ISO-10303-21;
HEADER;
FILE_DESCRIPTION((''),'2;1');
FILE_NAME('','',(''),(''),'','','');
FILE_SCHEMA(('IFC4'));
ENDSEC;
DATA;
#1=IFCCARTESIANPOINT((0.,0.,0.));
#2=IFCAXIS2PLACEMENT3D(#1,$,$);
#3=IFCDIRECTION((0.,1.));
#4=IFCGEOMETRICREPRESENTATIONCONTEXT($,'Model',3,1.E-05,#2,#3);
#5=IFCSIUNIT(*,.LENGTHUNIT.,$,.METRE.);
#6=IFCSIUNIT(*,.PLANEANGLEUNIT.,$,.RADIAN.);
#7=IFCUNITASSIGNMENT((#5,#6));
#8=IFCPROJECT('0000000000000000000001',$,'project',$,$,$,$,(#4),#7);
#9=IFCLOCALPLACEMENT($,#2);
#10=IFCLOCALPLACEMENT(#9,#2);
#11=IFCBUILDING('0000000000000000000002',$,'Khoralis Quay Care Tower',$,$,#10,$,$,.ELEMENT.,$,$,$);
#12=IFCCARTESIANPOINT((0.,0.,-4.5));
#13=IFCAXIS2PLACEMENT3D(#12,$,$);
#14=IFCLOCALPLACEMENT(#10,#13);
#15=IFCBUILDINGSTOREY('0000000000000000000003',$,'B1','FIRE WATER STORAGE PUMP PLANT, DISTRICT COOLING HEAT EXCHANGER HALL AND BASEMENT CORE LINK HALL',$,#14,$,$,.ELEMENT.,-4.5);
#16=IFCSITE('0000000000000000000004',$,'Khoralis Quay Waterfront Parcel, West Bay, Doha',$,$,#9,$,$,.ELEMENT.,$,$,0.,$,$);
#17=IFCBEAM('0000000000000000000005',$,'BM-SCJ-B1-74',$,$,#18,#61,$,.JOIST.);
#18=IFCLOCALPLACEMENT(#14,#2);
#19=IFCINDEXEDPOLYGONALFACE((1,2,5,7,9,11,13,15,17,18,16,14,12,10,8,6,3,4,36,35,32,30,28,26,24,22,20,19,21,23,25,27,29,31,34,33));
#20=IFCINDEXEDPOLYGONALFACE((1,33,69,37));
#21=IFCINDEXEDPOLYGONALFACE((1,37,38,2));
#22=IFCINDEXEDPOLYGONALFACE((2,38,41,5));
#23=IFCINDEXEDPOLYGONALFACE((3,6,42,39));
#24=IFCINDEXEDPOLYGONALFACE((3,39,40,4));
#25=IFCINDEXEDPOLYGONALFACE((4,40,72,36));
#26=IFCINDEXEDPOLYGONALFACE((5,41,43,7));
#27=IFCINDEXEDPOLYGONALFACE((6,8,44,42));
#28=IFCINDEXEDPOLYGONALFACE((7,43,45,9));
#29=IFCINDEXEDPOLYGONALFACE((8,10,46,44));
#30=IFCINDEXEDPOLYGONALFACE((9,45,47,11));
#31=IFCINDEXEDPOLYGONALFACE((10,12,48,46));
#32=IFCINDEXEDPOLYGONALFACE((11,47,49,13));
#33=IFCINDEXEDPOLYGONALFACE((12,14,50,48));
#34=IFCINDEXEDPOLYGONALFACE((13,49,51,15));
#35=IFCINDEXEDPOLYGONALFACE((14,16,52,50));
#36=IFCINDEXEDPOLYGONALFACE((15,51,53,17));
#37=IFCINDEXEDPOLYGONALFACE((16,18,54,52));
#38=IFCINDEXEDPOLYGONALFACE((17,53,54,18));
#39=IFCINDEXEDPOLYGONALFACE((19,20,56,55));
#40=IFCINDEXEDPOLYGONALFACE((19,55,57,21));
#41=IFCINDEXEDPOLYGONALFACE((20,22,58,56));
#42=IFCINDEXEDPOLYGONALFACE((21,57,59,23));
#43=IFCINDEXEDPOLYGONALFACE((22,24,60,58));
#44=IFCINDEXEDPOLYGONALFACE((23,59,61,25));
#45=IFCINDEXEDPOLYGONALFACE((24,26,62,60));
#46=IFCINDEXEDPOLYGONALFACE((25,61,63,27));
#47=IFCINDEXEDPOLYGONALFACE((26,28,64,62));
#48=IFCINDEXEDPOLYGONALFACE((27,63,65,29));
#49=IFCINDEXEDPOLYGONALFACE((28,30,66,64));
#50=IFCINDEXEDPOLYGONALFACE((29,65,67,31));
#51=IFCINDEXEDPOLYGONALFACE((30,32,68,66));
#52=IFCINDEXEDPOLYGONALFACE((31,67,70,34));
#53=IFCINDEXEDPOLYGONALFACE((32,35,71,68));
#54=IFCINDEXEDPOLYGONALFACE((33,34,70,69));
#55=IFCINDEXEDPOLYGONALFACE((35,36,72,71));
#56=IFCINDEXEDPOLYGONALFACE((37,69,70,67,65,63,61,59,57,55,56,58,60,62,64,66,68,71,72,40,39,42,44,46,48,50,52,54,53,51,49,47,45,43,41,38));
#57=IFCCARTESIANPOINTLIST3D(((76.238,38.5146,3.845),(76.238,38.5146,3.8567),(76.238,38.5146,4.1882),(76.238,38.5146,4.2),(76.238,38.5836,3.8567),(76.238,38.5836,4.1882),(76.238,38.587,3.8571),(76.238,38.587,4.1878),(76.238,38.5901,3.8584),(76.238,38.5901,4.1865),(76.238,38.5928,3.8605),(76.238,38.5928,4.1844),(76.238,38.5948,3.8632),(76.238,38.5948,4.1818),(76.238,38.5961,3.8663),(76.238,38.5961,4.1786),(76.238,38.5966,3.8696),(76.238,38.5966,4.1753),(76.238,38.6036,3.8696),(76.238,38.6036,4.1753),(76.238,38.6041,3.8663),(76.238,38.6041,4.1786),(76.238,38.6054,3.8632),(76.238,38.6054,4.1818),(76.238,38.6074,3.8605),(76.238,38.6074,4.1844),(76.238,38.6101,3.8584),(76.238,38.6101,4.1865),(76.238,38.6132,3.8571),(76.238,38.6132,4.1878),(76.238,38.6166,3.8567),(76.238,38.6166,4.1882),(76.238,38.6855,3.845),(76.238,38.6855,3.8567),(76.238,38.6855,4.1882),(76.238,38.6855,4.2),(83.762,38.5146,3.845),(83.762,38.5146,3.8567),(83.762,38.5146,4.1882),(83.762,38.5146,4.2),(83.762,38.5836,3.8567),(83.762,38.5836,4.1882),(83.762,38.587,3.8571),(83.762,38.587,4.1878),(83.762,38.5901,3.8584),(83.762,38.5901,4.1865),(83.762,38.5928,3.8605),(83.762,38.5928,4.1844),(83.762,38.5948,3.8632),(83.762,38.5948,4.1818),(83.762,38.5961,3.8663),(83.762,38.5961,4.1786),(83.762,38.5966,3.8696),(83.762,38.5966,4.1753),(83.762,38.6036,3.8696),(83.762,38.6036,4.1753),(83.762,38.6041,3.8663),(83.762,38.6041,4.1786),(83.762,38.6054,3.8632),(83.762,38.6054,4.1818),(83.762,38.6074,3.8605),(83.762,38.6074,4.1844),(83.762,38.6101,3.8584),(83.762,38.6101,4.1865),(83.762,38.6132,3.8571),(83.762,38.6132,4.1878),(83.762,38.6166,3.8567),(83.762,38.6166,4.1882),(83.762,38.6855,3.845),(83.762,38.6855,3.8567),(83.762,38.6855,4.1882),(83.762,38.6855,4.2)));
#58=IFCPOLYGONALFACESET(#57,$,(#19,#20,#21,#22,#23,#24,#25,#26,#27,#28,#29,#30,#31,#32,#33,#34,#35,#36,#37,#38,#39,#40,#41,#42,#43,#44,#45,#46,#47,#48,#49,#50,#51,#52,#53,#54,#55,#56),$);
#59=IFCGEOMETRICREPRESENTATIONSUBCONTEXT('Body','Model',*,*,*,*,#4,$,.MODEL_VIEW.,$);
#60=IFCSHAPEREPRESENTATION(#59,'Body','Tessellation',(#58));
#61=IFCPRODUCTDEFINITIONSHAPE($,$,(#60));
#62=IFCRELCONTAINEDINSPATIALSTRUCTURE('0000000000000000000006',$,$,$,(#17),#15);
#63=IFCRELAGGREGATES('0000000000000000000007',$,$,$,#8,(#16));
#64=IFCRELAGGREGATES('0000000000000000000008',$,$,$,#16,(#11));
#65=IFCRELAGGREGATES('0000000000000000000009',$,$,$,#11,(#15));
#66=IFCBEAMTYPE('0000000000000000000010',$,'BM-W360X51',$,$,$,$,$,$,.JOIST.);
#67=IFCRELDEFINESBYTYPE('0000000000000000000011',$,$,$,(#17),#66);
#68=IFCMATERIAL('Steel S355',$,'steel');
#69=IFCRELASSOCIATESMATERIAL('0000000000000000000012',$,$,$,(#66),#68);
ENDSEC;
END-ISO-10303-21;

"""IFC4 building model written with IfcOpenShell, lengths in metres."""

from ifc_helpers import new_model, si_unit, direction, frame, origin, origin_2d, place, context, subcontext, project, spatial, i_section, extrude, source, transform, mapped, material, material_profile, profile_set, type_object, element, save


model = new_model("IFC4")

# Units and contexts
model_context = context("Model", 3, precision=1e-05, world=origin(), true_north=direction((0.0, 1.0)))
body_context = subcontext(model_context, "Body", "Model", "MODEL_VIEW")
ifc_project = project(units=[si_unit("LENGTHUNIT", "METRE"), si_unit("PLANEANGLEUNIT", "RADIAN")], contexts=[model_context])

# Site, building, storey
site_placement = place(None, origin())
site = spatial("IfcSite", under=ifc_project, at=site_placement, Name="Khoralis Quay Waterfront Parcel, West Bay, Doha", CompositionType="ELEMENT", RefElevation=0.0)
building_placement = place(site_placement, origin())
building = spatial("IfcBuilding", under=site, at=building_placement, Name="Khoralis Quay Care Tower", CompositionType="ELEMENT")
storey_placement = place(building_placement, frame((0.0, 0.0, -4.5)))
storey = spatial("IfcBuildingStorey", under=building, at=storey_placement, Name="B1", Description="FIRE WATER STORAGE PUMP PLANT, DISTRICT COOLING HEAT EXCHANGER HALL AND BASEMENT CORE LINK HALL", CompositionType="ELEMENT", Elevation=-4.5)

# Beam
ifc_material_1 = material(Name="Steel S355", Category="steel")
ifc_material_profile_1 = material_profile(ifc_material_1, i_section(OverallWidth=0.1709, OverallDepth=0.355, WebThickness=0.0071, FlangeThickness=0.0117, FilletRadius=0.0129, at=origin_2d()), Name="Steel S355")
ifc_profile_set_1 = profile_set([ifc_material_profile_1], Name="Steel S355")
beam_type_1 = type_object("IfcBeamType", Name="BM-W360X51", PredefinedType="JOIST", material=ifc_profile_set_1)
shared_shape_1 = source(origin(), body_context, "Body", "SweptSolid", [
    extrude(i_section(OverallWidth=0.1709, OverallDepth=0.355, WebThickness=0.0071, FlangeThickness=0.0117, FilletRadius=0.0129, at=origin_2d()), origin(), (0.0, 0.0, 1.0), 7.5239),
])
beam_1_placement = place(storey_placement, frame((76.238, 38.6001, 4.0225), z_axis=(1.0, 0.0, 0.0), x_axis=(0.0, 1.0, 0.0)))
element("IfcBeam", 1, at=beam_1_placement, inside=storey, type_object=beam_type_1, Name="BM-SCJ-B1-74", PredefinedType="JOIST", context=body_context, shape_type="MappedRepresentation", body=[
    mapped(shared_shape_1, transform((0.0, 0.0, 0.0), scale=1.0)),
])

save(model, "model.ifc")
